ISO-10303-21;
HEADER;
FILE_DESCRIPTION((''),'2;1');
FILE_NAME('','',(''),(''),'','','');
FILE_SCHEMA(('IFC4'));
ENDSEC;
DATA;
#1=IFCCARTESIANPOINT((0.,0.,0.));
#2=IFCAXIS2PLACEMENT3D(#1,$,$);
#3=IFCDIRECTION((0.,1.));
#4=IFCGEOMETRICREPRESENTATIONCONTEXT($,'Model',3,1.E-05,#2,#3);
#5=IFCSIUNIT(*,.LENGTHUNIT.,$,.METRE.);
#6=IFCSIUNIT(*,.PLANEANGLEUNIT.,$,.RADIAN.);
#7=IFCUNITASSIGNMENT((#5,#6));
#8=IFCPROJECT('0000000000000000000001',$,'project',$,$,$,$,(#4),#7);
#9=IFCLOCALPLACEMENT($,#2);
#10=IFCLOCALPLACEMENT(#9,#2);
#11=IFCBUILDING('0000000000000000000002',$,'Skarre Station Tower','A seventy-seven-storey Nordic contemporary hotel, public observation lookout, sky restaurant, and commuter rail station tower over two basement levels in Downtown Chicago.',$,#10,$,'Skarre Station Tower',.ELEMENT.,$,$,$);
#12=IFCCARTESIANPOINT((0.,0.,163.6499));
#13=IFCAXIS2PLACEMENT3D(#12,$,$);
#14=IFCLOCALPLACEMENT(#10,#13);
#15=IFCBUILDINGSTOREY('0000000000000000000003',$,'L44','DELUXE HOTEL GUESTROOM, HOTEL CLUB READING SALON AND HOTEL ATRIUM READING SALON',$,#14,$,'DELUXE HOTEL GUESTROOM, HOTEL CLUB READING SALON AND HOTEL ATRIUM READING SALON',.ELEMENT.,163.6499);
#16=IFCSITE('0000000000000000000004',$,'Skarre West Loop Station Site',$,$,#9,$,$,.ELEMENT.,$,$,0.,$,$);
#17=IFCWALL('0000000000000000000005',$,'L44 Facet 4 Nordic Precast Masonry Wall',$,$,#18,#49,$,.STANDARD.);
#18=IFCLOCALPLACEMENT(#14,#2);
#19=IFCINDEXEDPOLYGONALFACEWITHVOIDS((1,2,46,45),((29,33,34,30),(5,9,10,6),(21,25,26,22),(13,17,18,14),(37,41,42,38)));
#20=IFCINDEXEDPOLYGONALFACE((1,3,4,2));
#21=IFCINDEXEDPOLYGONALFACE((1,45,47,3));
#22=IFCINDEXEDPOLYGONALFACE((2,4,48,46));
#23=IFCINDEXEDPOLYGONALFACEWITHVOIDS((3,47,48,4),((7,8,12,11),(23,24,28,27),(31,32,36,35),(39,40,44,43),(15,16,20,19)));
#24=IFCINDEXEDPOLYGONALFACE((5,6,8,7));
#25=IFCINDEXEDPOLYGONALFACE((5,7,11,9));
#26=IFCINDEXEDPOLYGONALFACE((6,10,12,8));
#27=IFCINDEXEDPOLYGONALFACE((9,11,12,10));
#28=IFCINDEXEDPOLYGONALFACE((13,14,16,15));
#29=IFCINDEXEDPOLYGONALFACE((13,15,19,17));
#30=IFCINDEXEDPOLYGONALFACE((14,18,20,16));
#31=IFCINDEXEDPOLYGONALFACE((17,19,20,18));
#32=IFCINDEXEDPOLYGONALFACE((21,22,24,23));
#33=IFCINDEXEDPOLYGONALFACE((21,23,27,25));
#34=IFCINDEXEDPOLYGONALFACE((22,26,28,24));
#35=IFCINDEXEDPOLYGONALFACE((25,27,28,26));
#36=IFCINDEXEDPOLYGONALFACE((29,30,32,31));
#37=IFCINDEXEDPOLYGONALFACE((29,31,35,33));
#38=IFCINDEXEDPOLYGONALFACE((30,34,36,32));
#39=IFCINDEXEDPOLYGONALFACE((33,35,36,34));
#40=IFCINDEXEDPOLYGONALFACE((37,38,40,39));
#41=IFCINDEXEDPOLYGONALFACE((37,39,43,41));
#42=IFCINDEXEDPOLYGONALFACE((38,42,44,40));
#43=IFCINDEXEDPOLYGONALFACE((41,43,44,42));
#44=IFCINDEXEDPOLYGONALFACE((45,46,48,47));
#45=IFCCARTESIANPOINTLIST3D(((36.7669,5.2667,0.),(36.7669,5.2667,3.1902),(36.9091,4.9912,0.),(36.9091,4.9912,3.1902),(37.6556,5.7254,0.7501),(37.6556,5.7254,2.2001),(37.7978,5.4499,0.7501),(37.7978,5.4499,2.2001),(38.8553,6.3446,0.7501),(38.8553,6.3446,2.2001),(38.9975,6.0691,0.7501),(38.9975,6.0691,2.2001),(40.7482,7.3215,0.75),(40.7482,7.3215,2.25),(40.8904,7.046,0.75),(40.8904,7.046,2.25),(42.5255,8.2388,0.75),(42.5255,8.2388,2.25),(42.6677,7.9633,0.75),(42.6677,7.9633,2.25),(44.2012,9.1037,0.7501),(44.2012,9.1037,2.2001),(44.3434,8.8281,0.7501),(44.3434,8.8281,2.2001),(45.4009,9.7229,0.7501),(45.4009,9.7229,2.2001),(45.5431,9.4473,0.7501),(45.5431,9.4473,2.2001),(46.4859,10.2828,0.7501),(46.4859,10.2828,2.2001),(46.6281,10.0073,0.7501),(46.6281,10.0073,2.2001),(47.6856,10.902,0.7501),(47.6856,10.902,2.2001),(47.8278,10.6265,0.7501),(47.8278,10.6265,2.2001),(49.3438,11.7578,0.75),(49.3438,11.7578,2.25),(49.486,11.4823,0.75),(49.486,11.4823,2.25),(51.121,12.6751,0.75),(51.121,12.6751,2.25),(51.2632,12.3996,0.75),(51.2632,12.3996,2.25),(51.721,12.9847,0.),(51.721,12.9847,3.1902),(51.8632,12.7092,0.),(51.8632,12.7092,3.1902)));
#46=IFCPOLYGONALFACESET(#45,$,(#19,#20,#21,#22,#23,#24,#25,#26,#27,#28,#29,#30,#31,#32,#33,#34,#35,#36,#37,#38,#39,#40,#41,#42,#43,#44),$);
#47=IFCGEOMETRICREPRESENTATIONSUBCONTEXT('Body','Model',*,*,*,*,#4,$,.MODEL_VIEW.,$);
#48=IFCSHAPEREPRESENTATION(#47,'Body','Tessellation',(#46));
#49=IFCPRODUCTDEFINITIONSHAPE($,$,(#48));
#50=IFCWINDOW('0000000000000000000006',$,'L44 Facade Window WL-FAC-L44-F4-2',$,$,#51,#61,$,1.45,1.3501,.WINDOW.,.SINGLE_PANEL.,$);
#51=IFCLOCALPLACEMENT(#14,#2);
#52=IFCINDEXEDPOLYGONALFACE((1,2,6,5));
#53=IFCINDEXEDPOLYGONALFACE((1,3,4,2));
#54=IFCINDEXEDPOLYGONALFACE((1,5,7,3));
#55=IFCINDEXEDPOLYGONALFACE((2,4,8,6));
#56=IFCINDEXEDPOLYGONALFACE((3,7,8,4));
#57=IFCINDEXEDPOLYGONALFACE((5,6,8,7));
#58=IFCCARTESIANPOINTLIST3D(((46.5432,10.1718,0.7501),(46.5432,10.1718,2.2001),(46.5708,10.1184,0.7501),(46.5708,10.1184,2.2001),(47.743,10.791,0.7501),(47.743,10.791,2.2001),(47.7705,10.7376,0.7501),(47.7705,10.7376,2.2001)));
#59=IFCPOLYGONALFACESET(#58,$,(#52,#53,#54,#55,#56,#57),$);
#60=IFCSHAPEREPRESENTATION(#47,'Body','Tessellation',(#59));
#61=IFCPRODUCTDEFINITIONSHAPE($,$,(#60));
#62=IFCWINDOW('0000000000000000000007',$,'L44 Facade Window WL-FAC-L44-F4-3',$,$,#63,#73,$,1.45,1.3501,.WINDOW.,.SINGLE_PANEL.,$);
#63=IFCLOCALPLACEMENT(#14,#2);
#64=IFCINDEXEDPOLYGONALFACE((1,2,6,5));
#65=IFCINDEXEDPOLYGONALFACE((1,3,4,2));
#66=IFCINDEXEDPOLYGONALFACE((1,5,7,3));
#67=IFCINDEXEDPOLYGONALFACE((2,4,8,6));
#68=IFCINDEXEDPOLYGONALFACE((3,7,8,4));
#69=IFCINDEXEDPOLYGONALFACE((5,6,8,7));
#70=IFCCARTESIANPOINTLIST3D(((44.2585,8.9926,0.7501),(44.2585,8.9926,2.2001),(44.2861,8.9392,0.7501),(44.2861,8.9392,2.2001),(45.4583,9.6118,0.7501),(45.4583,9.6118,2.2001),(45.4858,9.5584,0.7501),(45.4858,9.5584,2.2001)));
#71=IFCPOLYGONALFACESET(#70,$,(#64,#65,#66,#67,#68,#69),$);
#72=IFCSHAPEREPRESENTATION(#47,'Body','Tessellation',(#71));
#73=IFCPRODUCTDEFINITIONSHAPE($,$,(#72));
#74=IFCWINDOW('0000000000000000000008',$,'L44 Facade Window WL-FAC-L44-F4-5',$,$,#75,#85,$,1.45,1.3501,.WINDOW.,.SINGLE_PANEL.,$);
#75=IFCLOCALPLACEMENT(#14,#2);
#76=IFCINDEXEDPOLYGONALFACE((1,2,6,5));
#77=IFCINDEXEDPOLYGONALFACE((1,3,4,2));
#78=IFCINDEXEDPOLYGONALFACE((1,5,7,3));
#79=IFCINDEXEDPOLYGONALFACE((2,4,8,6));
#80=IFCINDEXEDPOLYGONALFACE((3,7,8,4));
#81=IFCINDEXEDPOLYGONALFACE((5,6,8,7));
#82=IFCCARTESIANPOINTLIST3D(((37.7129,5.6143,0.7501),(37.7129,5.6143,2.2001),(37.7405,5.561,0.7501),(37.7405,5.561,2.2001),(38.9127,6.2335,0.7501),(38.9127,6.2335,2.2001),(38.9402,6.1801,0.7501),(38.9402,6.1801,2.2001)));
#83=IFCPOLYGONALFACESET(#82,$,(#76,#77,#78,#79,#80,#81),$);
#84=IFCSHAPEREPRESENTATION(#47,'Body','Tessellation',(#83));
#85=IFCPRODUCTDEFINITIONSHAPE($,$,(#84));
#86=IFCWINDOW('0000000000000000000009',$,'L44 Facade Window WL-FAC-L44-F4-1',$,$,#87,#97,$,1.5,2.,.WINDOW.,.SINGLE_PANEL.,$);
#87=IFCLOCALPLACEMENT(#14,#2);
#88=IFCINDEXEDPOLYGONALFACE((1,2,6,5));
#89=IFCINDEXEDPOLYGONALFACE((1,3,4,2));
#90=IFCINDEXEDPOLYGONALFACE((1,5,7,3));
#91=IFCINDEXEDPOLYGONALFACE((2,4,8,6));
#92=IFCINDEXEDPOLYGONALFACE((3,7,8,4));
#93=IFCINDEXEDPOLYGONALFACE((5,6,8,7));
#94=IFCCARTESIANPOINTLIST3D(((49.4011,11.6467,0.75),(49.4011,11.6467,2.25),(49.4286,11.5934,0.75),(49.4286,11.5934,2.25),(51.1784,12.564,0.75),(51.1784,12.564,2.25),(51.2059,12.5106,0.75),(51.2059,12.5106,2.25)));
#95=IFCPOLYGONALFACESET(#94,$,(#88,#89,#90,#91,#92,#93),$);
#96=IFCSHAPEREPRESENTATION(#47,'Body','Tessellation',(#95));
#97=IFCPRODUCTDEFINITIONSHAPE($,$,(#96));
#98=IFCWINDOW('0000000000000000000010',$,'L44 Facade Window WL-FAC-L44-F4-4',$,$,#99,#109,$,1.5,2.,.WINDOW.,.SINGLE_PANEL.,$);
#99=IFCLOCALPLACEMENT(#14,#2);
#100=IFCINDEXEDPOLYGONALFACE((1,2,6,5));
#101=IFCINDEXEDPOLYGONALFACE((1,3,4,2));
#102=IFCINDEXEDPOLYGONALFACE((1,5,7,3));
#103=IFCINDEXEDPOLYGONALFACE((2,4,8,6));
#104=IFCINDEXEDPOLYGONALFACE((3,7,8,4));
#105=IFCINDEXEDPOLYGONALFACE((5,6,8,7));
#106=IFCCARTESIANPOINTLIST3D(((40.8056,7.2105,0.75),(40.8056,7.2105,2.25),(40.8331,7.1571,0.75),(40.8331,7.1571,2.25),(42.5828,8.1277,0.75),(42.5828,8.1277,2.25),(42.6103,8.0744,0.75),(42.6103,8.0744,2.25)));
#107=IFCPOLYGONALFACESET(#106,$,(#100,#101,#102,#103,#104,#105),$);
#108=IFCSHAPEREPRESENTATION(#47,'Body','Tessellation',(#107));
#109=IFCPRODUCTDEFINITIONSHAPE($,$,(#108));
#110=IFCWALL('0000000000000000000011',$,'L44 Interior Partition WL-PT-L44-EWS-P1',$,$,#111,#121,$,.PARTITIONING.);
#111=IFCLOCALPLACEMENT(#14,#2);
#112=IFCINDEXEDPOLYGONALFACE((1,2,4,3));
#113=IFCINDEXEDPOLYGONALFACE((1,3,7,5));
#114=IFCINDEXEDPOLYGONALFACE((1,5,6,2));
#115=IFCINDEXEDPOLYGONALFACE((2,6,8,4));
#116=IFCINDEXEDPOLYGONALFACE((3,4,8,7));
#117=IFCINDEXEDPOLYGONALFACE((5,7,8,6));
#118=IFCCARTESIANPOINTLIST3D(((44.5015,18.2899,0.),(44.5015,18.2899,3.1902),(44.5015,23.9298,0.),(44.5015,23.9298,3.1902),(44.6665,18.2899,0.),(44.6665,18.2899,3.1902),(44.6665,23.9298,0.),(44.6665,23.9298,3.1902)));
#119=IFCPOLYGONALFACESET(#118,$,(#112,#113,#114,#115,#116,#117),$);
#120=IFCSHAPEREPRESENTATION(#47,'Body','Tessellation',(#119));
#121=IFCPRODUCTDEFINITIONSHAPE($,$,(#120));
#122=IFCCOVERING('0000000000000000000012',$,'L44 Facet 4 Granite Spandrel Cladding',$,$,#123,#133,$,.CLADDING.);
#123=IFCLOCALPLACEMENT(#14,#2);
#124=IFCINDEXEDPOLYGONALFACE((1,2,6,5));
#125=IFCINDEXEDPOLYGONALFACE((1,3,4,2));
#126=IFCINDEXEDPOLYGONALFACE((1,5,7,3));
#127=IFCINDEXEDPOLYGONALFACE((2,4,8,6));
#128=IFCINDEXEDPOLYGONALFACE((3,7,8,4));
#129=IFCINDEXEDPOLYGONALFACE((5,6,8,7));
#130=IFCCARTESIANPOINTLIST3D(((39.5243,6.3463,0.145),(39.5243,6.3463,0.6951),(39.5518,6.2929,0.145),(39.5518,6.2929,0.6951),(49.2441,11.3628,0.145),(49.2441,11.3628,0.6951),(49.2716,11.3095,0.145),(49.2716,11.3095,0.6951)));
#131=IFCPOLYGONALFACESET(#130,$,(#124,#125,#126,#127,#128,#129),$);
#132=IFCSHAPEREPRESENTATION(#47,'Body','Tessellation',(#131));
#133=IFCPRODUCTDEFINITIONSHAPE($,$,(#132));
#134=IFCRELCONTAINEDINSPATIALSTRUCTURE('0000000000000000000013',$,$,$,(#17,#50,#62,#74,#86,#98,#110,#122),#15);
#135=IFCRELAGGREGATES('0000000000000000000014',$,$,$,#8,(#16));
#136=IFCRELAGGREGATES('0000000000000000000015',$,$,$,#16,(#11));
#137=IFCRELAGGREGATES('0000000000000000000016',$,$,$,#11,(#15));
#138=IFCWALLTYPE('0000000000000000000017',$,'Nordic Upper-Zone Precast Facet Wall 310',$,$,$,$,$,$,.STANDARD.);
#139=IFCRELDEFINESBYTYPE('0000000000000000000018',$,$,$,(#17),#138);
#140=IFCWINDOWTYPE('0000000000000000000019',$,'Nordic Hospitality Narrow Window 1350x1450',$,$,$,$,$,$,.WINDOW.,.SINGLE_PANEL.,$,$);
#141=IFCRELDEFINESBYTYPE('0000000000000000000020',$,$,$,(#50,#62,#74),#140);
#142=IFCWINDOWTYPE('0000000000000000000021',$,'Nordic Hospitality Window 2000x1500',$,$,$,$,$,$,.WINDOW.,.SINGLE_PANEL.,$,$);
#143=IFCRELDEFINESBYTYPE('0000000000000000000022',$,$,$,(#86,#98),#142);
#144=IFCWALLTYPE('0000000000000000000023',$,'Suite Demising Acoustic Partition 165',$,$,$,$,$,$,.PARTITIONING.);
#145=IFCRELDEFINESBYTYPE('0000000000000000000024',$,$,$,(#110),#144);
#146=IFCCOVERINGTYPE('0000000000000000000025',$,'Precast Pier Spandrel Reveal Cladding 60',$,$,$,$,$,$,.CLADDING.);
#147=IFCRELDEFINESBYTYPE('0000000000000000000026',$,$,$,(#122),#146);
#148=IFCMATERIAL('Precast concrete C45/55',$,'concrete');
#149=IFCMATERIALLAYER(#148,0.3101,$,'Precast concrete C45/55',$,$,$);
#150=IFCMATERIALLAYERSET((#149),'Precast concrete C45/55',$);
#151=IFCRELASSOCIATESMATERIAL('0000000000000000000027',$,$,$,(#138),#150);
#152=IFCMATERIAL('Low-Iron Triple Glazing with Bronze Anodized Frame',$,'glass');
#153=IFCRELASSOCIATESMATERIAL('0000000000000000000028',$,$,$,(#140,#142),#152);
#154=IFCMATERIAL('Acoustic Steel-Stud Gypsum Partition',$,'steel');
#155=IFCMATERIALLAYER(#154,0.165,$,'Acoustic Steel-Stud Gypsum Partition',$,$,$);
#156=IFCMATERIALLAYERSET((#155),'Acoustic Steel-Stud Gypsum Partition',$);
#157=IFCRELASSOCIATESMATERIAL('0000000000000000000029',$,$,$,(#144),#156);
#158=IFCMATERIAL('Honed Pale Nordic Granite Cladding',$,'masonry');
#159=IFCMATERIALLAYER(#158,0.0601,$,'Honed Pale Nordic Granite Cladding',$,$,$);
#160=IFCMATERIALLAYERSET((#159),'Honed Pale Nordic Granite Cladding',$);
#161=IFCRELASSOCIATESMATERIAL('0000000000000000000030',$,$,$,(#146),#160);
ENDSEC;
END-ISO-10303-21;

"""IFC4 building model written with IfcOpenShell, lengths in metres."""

from ifc_helpers import new_model, si_unit, direction, frame, frame_2d, origin, origin_2d, place, context, subcontext, project, spatial, rectangle, extrude, material, layer, layer_set, type_object, element, fill, save


model = new_model("IFC4")

# Units and contexts
model_context = context("Model", 3, precision=1e-05, world=origin(), true_north=direction((0.0, 1.0)))
body_context = subcontext(model_context, "Body", "Model", "MODEL_VIEW")
ifc_project = project(units=[si_unit("LENGTHUNIT", "METRE"), si_unit("PLANEANGLEUNIT", "RADIAN")], contexts=[model_context])

# Site, building, storey
site_placement = place(None, origin())
site = spatial("IfcSite", under=ifc_project, at=site_placement, Name="Skarre West Loop Station Site", CompositionType="ELEMENT", RefElevation=0.0)
building_placement = place(site_placement, origin())
building = spatial("IfcBuilding", under=site, at=building_placement, Name="Skarre Station Tower", Description="A seventy-seven-storey Nordic contemporary hotel, public observation lookout, sky restaurant, and commuter rail station tower over two basement levels in Downtown Chicago.", LongName="Skarre Station Tower", CompositionType="ELEMENT")
storey_placement = place(building_placement, frame((0.0, 0.0, 163.6499)))
storey = spatial("IfcBuildingStorey", under=building, at=storey_placement, Name="L44", Description="DELUXE HOTEL GUESTROOM, HOTEL CLUB READING SALON AND HOTEL ATRIUM READING SALON", LongName="DELUXE HOTEL GUESTROOM, HOTEL CLUB READING SALON AND HOTEL ATRIUM READING SALON", CompositionType="ELEMENT", Elevation=163.6499)

# Shared definitions
ifc_material_1 = material(Name="Acoustic Steel-Stud Gypsum Partition", Category="steel")

# Shared definitions
ifc_material_2 = material(Name="Precast concrete C45/55", Category="concrete")

# Wall, openings, windows
ifc_layer_1 = layer(ifc_material_2, 0.3101, Name="Precast concrete C45/55")
ifc_layer_set_1 = layer_set([ifc_layer_1], Name="Precast concrete C45/55")
wall_type_1 = type_object("IfcWallType", Name="Nordic Upper-Zone Precast Facet Wall 310", PredefinedType="STANDARD", material=ifc_layer_set_1)
wall_1_placement = place(storey_placement, frame((51.792, 12.8469, 0.0), z_axis=(0.0, 0.0, 1.0), x_axis=(-0.888626, -0.458632, 0.0)))
wall_1 = element("IfcWall", 1, at=wall_1_placement, inside=storey, type_object=wall_type_1, Name="L44 Facet 4 Nordic Precast Masonry Wall", PredefinedType="STANDARD", context=body_context, shape_type="SweptSolid", body=[
    extrude(rectangle(XDim=16.8284, YDim=0.3101, at=frame_2d((8.4141, 0.0))), origin(), (0.0, 0.0, 1.0), 3.1902),
])
opening_1_placement = place(wall_1_placement, frame((0.675, 0.0, 0.75)))
opening_1 = element("IfcOpeningElement", 2, at=opening_1_placement, cuts=wall_1, PredefinedType="OPENING", context=body_context, shape_type="SweptSolid", body=[
    extrude(rectangle(XDim=2.0, YDim=1.5, at=frame_2d((1.0, 0.75))), frame((0.0, 0.165, 0.0), z_axis=(0.0, -1.0, 0.0), x_axis=(1.0, 0.0, 0.0)), (0.0, 0.0, 1.0), 0.3301),
])
opening_2_placement = place(wall_1_placement, frame((4.541, 0.0, 0.75)))
opening_2 = element("IfcOpeningElement", 3, at=opening_2_placement, cuts=wall_1, PredefinedType="OPENING", context=body_context, shape_type="SweptSolid", body=[
    extrude(rectangle(XDim=1.3501, YDim=1.45, at=frame_2d((0.675, 0.7251))), frame((0.0, 0.165, 0.0), z_axis=(0.0, -1.0, 0.0), x_axis=(1.0, 0.0, 0.0)), (0.0, 0.0, 1.0), 0.3301),
])
opening_3_placement = place(wall_1_placement, frame((7.1121, 0.0, 0.75)))
opening_3 = element("IfcOpeningElement", 4, at=opening_3_placement, cuts=wall_1, PredefinedType="OPENING", context=body_context, shape_type="SweptSolid", body=[
    extrude(rectangle(XDim=1.3501, YDim=1.45, at=frame_2d((0.675, 0.7251))), frame((0.0, 0.165, 0.0), z_axis=(0.0, -1.0, 0.0), x_axis=(1.0, 0.0, 0.0)), (0.0, 0.0, 1.0), 0.3301),
])
opening_4_placement = place(wall_1_placement, frame((10.3479, 0.0, 0.75)))
opening_4 = element("IfcOpeningElement", 5, at=opening_4_placement, cuts=wall_1, PredefinedType="OPENING", context=body_context, shape_type="SweptSolid", body=[
    extrude(rectangle(XDim=2.0, YDim=1.5, at=frame_2d((1.0, 0.75))), frame((0.0, 0.165, 0.0), z_axis=(0.0, -1.0, 0.0), x_axis=(1.0, 0.0, 0.0)), (0.0, 0.0, 1.0), 0.3301),
])
opening_5_placement = place(wall_1_placement, frame((14.478, 0.0, 0.75)))
opening_5 = element("IfcOpeningElement", 6, at=opening_5_placement, cuts=wall_1, PredefinedType="OPENING", context=body_context, shape_type="SweptSolid", body=[
    extrude(rectangle(XDim=1.3501, YDim=1.45, at=frame_2d((0.675, 0.7251))), frame((0.0, 0.165, 0.0), z_axis=(0.0, -1.0, 0.0), x_axis=(1.0, 0.0, 0.0)), (0.0, 0.0, 1.0), 0.3301),
])
ifc_material_3 = material(Name="Low-Iron Triple Glazing with Bronze Anodized Frame", Category="glass")
window_type_1 = type_object("IfcWindowType", Name="Nordic Hospitality Narrow Window 1350x1450", PartitioningType="SINGLE_PANEL", PredefinedType="WINDOW", material=ifc_material_3)
window_1_placement = place(opening_2_placement, origin())
window_1 = element("IfcWindow", 7, at=window_1_placement, inside=storey, type_object=window_type_1, Name="L44 Facade Window WL-FAC-L44-F4-2", OverallHeight=1.45, OverallWidth=1.3501, PartitioningType="SINGLE_PANEL", PredefinedType="WINDOW", context=body_context, shape_type="SweptSolid", body=[
    extrude(rectangle(XDim=1.3501, YDim=1.45, at=frame_2d((0.675, 0.7251))), frame((0.0, 0.03, 0.0), z_axis=(0.0, -1.0, 0.0), x_axis=(1.0, 0.0, 0.0)), (0.0, 0.0, 1.0), 0.0601),
])
fill(opening_2, window_1)
window_2_placement = place(opening_3_placement, origin())
window_2 = element("IfcWindow", 8, at=window_2_placement, inside=storey, type_object=window_type_1, Name="L44 Facade Window WL-FAC-L44-F4-3", OverallHeight=1.45, OverallWidth=1.3501, PartitioningType="SINGLE_PANEL", PredefinedType="WINDOW", context=body_context, shape_type="SweptSolid", body=[
    extrude(rectangle(XDim=1.3501, YDim=1.45, at=frame_2d((0.675, 0.7251))), frame((0.0, 0.03, 0.0), z_axis=(0.0, -1.0, 0.0), x_axis=(1.0, 0.0, 0.0)), (0.0, 0.0, 1.0), 0.0601),
])
fill(opening_3, window_2)
window_3_placement = place(opening_5_placement, origin())
window_3 = element("IfcWindow", 9, at=window_3_placement, inside=storey, type_object=window_type_1, Name="L44 Facade Window WL-FAC-L44-F4-5", OverallHeight=1.45, OverallWidth=1.3501, PartitioningType="SINGLE_PANEL", PredefinedType="WINDOW", context=body_context, shape_type="SweptSolid", body=[
    extrude(rectangle(XDim=1.3501, YDim=1.45, at=frame_2d((0.675, 0.7251))), frame((0.0, 0.03, 0.0), z_axis=(0.0, -1.0, 0.0), x_axis=(1.0, 0.0, 0.0)), (0.0, 0.0, 1.0), 0.0601),
])
fill(opening_5, window_3)
window_type_2 = type_object("IfcWindowType", Name="Nordic Hospitality Window 2000x1500", PartitioningType="SINGLE_PANEL", PredefinedType="WINDOW", material=ifc_material_3)
window_4_placement = place(opening_1_placement, origin())
window_4 = element("IfcWindow", 10, at=window_4_placement, inside=storey, type_object=window_type_2, Name="L44 Facade Window WL-FAC-L44-F4-1", OverallHeight=1.5, OverallWidth=2.0, PartitioningType="SINGLE_PANEL", PredefinedType="WINDOW", context=body_context, shape_type="SweptSolid", body=[
    extrude(rectangle(XDim=2.0, YDim=1.5, at=frame_2d((1.0, 0.75))), frame((0.0, 0.03, 0.0), z_axis=(0.0, -1.0, 0.0), x_axis=(1.0, 0.0, 0.0)), (0.0, 0.0, 1.0), 0.0601),
])
fill(opening_1, window_4)
window_5_placement = place(opening_4_placement, origin())
window_5 = element("IfcWindow", 11, at=window_5_placement, inside=storey, type_object=window_type_2, Name="L44 Facade Window WL-FAC-L44-F4-4", OverallHeight=1.5, OverallWidth=2.0, PartitioningType="SINGLE_PANEL", PredefinedType="WINDOW", context=body_context, shape_type="SweptSolid", body=[
    extrude(rectangle(XDim=2.0, YDim=1.5, at=frame_2d((1.0, 0.75))), frame((0.0, 0.03, 0.0), z_axis=(0.0, -1.0, 0.0), x_axis=(1.0, 0.0, 0.0)), (0.0, 0.0, 1.0), 0.0601),
])
fill(opening_4, window_5)

# Wall
ifc_layer_2 = layer(ifc_material_1, 0.165, Name="Acoustic Steel-Stud Gypsum Partition")
ifc_layer_set_2 = layer_set([ifc_layer_2], Name="Acoustic Steel-Stud Gypsum Partition")
wall_type_2 = type_object("IfcWallType", Name="Suite Demising Acoustic Partition 165", PredefinedType="PARTITIONING", material=ifc_layer_set_2)
wall_2_placement = place(storey_placement, frame((44.584, 18.29, 0.0), z_axis=(0.0, 0.0, 1.0), x_axis=(0.0, 1.0, 0.0)))
element("IfcWall", 12, at=wall_2_placement, inside=storey, type_object=wall_type_2, Name="L44 Interior Partition WL-PT-L44-EWS-P1", PredefinedType="PARTITIONING", context=body_context, shape_type="SweptSolid", body=[
    extrude(rectangle(XDim=5.6399, YDim=0.165, at=frame_2d((2.8198, 0.0))), origin(), (0.0, 0.0, 1.0), 3.1902),
])

# Covering
ifc_material_4 = material(Name="Honed Pale Nordic Granite Cladding", Category="masonry")
ifc_layer_3 = layer(ifc_material_4, 0.0601, Name="Honed Pale Nordic Granite Cladding")
ifc_layer_set_3 = layer_set([ifc_layer_3], Name="Honed Pale Nordic Granite Cladding")
covering_type = type_object("IfcCoveringType", Name="Precast Pier Spandrel Reveal Cladding 60", PredefinedType="CLADDING", material=ifc_layer_set_3)
covering_placement = place(storey_placement, frame((44.3979, 8.8279, 0.145), z_axis=(0.0, 0.0, 1.0), x_axis=(0.888625, 0.458634, 0.0)))
element("IfcCovering", 13, at=covering_placement, inside=storey, type_object=covering_type, Name="L44 Facet 4 Granite Spandrel Cladding", PredefinedType="CLADDING", context=body_context, shape_type="SweptSolid", body=[
    extrude(rectangle(XDim=10.938, YDim=0.0601, at=origin_2d()), origin(), (0.0, 0.0, 1.0), 0.55),
])

save(model, "model.ifc")
